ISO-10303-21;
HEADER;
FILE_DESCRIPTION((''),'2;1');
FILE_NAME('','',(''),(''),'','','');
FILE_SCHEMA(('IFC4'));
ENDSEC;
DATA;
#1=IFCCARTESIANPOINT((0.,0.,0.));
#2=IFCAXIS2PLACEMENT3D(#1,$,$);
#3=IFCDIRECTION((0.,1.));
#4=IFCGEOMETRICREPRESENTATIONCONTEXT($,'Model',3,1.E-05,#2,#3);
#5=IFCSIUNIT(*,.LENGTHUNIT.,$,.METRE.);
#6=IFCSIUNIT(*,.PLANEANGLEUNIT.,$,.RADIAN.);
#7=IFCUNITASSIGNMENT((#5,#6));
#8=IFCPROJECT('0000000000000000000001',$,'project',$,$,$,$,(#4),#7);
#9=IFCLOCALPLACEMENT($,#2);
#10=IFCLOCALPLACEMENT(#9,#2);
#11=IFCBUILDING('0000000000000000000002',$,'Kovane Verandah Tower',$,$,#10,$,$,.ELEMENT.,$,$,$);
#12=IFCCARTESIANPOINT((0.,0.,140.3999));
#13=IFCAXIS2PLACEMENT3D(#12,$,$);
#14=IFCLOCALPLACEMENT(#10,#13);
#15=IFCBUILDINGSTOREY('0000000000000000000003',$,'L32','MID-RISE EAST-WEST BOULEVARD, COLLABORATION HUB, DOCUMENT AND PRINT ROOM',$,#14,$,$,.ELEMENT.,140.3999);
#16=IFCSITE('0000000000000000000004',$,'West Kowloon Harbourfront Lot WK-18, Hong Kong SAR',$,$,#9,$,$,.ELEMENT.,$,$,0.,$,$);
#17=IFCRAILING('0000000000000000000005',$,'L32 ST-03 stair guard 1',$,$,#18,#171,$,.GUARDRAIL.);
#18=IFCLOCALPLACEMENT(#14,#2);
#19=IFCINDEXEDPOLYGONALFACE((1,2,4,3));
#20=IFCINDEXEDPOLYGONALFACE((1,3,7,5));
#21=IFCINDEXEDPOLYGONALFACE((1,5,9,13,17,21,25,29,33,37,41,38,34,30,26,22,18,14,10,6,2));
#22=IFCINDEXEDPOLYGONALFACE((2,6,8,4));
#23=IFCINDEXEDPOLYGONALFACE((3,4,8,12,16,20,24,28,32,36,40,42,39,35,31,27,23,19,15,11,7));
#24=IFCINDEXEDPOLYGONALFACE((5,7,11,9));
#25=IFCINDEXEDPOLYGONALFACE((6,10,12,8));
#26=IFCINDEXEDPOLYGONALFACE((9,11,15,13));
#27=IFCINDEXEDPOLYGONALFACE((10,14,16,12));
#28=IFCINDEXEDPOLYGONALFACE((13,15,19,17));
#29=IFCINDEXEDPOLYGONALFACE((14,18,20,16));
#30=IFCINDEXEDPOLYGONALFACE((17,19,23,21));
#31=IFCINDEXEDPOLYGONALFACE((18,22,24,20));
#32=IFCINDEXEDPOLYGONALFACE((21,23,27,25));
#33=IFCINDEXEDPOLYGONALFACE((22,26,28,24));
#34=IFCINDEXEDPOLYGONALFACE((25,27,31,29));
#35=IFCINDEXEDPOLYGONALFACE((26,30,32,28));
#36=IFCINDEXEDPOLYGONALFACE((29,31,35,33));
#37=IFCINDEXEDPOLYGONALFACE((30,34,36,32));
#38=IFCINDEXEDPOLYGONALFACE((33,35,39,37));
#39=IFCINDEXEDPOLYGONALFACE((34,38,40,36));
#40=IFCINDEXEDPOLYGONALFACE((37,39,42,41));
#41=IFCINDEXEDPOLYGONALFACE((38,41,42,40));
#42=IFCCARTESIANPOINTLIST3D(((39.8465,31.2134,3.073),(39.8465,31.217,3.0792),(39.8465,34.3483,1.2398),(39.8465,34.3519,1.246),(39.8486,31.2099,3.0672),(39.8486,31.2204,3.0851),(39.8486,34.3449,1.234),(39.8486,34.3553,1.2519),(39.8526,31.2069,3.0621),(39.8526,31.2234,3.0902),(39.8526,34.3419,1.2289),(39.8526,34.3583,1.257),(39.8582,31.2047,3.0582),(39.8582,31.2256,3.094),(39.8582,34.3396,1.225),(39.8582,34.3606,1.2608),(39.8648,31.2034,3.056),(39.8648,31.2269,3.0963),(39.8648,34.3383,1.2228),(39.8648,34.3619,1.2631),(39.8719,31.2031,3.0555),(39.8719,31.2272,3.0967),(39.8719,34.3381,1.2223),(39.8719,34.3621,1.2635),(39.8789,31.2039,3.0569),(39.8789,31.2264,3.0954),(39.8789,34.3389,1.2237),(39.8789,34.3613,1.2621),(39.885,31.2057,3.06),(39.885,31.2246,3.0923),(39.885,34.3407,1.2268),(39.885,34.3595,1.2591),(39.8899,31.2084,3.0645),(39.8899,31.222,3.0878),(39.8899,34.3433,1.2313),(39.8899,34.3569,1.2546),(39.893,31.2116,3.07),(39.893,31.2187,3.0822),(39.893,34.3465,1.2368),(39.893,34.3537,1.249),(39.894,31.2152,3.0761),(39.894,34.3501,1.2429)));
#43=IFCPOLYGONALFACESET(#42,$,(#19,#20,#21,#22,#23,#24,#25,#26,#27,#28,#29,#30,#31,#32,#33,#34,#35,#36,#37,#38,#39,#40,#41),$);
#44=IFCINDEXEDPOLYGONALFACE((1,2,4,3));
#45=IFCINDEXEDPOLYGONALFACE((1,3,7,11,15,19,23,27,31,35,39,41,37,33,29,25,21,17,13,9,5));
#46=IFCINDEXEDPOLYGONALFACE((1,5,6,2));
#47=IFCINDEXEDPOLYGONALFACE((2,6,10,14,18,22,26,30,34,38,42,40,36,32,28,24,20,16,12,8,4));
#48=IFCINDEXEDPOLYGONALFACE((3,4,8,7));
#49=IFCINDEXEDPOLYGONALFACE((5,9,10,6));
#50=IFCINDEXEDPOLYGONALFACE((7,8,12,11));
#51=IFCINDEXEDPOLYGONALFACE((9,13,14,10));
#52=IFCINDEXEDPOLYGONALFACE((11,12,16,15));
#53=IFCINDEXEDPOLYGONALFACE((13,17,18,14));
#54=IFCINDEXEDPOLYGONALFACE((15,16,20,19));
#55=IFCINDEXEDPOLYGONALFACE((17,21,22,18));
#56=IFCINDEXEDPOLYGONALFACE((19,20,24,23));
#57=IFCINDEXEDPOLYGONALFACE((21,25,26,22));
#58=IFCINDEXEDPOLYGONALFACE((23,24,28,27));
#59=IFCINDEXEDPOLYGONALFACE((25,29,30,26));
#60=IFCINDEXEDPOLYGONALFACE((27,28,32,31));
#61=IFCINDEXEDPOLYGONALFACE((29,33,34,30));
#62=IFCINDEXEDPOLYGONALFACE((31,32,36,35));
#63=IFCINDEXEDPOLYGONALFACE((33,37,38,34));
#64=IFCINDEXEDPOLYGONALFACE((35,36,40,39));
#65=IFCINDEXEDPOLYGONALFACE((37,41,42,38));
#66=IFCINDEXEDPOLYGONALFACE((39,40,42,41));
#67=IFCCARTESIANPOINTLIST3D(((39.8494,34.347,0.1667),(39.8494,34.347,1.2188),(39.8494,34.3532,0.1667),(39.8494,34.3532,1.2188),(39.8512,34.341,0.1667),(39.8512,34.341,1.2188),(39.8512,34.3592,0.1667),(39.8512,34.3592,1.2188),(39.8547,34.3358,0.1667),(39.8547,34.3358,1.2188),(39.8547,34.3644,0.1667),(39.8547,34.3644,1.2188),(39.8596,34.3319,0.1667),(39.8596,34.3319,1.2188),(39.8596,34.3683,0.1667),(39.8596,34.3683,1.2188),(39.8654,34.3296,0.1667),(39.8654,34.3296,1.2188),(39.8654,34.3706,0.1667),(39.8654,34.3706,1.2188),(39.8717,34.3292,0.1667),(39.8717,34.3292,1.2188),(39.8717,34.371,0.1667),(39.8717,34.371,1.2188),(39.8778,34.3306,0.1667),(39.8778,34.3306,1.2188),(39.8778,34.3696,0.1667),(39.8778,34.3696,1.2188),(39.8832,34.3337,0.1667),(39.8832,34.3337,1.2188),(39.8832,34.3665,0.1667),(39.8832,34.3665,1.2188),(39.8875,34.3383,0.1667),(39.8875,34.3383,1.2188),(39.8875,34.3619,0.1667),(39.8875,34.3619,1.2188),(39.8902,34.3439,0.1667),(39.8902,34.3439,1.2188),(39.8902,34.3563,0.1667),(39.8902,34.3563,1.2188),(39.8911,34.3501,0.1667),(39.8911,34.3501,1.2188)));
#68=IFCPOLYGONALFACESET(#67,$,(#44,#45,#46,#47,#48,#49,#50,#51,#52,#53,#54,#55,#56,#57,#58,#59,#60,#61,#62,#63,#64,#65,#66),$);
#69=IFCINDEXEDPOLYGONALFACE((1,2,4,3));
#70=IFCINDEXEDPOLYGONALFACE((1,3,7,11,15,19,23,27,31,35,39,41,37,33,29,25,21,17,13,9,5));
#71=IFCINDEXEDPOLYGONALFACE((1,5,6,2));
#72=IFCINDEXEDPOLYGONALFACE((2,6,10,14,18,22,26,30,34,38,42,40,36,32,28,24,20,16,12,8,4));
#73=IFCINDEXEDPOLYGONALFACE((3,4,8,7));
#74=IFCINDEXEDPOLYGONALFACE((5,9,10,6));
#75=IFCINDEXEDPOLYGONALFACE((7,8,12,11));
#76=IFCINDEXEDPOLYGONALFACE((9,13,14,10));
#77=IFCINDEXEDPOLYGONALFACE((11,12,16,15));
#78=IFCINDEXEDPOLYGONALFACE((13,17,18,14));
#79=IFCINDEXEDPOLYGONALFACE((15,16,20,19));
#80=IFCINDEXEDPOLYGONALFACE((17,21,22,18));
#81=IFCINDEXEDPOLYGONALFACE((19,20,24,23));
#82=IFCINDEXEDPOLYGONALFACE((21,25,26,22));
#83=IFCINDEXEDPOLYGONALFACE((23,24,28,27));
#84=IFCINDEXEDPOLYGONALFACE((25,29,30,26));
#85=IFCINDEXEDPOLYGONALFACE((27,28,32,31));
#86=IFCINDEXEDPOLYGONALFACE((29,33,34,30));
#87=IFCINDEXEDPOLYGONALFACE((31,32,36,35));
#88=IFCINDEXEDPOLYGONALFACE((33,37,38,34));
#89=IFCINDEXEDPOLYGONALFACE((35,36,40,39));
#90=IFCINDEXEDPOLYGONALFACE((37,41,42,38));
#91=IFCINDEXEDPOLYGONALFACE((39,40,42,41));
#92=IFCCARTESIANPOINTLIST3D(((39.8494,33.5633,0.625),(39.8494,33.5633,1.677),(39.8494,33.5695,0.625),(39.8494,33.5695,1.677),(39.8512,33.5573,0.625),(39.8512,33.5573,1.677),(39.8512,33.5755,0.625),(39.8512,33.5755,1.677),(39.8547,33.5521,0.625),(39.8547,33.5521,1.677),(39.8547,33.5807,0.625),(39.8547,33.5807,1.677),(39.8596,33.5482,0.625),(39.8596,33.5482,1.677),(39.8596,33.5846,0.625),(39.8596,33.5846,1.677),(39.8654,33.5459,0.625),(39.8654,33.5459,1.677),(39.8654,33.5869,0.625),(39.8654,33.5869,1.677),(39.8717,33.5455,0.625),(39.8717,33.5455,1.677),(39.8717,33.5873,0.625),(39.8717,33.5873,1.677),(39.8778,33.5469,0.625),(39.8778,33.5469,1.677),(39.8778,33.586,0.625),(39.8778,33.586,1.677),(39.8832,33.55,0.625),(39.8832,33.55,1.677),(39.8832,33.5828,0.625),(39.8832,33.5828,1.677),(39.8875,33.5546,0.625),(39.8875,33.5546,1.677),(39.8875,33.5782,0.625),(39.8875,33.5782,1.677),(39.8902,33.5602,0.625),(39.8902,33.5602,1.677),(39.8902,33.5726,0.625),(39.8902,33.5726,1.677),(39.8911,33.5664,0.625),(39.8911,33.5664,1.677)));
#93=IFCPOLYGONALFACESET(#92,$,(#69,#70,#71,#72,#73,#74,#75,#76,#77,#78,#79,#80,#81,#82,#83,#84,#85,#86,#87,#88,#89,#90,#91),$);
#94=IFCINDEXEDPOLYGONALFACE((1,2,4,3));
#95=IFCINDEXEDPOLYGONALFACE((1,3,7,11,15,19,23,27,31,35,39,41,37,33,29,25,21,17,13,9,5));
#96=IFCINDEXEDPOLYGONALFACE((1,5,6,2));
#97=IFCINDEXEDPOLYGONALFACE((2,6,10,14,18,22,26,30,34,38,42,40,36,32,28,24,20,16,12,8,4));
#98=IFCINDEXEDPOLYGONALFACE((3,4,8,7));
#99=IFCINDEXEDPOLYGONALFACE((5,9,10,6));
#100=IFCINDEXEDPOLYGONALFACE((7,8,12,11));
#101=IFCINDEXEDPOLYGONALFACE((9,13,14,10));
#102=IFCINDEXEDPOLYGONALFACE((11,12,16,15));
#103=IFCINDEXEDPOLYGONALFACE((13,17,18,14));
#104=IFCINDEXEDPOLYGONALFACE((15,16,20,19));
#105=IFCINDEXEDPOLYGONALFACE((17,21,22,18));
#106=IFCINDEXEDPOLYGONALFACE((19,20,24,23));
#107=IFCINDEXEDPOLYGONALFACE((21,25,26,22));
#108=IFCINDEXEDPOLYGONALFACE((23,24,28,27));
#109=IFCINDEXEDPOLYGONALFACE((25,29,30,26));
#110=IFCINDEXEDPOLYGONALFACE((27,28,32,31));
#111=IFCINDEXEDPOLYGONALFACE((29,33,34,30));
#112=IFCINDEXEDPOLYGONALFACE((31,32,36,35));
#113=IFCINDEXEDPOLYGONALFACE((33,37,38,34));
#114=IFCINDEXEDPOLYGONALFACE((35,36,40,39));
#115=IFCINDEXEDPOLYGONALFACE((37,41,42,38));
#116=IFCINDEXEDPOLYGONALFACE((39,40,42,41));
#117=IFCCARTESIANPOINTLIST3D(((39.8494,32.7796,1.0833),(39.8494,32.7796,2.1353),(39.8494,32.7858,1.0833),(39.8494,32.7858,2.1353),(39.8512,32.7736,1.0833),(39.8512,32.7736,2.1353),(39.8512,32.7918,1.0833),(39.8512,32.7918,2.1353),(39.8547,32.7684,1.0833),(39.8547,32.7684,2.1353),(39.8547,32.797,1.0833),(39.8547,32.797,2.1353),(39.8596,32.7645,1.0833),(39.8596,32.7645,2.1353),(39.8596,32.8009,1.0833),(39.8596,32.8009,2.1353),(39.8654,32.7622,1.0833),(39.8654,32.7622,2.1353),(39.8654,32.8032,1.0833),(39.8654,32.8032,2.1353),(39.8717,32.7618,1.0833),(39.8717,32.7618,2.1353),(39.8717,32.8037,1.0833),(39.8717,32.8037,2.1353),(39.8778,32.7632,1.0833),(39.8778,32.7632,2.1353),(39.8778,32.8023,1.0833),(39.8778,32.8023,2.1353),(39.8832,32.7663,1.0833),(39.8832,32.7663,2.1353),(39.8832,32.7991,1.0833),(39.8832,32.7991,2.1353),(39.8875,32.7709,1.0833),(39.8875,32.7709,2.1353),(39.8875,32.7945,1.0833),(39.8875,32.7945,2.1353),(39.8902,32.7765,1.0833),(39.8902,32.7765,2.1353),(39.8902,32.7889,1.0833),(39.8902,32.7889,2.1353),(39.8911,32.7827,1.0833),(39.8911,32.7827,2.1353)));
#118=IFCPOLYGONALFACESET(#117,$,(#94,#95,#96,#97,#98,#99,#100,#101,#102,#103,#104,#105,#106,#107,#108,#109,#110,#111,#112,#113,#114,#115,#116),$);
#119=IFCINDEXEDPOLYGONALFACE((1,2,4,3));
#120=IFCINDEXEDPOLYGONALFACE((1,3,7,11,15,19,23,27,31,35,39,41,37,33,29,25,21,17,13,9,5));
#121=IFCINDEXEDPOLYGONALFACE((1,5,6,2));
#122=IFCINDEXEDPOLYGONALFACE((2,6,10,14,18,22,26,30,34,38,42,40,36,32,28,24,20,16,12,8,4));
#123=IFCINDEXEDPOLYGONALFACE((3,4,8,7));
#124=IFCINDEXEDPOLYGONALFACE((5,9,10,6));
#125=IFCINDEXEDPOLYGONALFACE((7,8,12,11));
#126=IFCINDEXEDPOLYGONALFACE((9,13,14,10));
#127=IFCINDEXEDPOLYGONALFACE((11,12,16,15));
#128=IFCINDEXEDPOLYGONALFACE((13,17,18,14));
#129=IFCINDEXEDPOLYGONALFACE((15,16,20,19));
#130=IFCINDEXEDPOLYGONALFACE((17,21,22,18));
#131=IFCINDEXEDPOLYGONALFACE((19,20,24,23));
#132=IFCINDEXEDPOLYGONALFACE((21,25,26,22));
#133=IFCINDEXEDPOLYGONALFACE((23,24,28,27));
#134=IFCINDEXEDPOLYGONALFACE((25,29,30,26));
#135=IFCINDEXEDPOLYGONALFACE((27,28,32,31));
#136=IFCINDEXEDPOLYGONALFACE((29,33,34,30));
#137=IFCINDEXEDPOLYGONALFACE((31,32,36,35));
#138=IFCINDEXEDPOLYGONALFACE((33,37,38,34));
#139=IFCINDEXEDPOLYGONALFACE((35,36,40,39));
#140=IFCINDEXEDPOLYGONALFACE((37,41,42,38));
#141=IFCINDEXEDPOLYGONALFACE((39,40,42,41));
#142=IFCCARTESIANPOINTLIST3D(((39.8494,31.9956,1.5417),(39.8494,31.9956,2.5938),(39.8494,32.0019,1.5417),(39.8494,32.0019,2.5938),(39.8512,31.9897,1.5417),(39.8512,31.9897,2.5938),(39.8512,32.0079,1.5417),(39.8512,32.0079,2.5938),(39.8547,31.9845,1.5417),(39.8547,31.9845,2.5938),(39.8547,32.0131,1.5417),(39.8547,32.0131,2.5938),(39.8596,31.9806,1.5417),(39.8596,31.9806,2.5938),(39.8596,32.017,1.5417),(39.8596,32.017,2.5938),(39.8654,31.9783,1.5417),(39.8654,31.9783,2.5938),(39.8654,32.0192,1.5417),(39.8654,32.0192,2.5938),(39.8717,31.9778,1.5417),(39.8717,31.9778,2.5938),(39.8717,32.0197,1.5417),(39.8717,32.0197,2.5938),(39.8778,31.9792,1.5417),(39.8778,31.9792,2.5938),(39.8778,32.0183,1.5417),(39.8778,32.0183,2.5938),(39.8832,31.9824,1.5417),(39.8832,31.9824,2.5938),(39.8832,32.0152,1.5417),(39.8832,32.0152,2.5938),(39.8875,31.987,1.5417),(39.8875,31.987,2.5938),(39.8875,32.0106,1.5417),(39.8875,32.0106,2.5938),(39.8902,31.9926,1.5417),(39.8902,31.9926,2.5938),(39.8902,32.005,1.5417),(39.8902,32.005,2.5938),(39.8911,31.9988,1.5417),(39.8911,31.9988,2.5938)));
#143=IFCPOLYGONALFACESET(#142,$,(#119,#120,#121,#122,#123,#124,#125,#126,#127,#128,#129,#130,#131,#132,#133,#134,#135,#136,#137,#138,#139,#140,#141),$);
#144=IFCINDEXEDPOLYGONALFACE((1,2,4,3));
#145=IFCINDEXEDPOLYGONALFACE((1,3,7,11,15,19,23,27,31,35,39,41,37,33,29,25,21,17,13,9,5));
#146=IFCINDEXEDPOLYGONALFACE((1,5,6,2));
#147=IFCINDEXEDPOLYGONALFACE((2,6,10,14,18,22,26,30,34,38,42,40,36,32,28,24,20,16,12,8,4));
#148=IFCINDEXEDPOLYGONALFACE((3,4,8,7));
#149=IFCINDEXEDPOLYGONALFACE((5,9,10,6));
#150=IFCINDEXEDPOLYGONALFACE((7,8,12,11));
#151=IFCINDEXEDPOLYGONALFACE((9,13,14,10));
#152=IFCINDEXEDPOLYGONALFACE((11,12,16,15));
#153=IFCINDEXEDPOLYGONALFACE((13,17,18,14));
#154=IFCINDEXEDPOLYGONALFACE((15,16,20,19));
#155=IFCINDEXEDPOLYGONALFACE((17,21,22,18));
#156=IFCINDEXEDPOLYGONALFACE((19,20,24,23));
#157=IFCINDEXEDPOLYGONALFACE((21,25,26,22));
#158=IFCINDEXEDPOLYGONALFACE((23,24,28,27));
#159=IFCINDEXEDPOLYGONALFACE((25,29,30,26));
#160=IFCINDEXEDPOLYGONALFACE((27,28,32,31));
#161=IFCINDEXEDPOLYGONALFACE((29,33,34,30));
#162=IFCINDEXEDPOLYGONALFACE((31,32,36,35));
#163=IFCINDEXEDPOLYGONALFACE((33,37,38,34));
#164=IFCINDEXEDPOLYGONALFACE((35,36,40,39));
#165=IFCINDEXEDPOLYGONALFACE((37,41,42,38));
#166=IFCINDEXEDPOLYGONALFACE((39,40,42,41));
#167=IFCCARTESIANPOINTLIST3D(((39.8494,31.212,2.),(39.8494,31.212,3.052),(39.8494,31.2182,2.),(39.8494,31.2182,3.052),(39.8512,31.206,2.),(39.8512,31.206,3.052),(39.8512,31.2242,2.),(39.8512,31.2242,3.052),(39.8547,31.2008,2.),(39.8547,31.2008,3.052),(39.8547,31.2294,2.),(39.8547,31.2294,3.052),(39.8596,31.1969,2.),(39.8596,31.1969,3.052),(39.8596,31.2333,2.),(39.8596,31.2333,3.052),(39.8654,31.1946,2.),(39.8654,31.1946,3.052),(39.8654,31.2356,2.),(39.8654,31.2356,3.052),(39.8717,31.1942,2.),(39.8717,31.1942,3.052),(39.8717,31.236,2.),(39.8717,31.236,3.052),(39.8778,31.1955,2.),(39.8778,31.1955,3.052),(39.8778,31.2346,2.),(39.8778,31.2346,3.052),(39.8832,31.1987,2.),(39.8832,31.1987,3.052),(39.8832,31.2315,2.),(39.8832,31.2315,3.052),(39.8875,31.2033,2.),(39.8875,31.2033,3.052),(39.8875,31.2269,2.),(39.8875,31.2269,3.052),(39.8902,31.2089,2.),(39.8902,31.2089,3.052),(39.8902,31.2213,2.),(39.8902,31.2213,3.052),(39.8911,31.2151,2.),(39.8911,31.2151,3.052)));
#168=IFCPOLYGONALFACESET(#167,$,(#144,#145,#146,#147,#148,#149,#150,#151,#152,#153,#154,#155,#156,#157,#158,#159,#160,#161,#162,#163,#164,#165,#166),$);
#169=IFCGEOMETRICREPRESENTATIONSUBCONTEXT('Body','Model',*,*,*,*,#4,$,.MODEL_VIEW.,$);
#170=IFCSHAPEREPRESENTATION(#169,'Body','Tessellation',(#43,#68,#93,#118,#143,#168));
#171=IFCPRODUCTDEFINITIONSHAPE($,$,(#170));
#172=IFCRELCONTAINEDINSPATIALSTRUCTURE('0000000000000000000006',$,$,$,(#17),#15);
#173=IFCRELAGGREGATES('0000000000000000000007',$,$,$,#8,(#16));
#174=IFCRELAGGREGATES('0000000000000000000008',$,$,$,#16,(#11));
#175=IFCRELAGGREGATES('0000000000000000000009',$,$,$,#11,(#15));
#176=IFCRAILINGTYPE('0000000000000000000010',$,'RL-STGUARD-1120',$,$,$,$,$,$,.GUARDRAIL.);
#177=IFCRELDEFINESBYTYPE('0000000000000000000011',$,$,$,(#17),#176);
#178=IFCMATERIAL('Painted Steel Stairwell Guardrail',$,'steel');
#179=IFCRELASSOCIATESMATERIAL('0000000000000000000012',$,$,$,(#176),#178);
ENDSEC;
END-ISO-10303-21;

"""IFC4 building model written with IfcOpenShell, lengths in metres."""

from ifc_helpers import new_model, si_unit, direction, frame, origin, origin_2d, place, context, subcontext, project, spatial, circle, extrude, material, type_object, element, save


model = new_model("IFC4")

# Units and contexts
model_context = context("Model", 3, precision=1e-05, world=origin(), true_north=direction((0.0, 1.0)))
body_context = subcontext(model_context, "Body", "Model", "MODEL_VIEW")
ifc_project = project(units=[si_unit("LENGTHUNIT", "METRE"), si_unit("PLANEANGLEUNIT", "RADIAN")], contexts=[model_context])

# Site, building, storey
site_placement = place(None, origin())
site = spatial("IfcSite", under=ifc_project, at=site_placement, Name="West Kowloon Harbourfront Lot WK-18, Hong Kong SAR", CompositionType="ELEMENT", RefElevation=0.0)
building_placement = place(site_placement, origin())
building = spatial("IfcBuilding", under=site, at=building_placement, Name="Kovane Verandah Tower", CompositionType="ELEMENT")
storey_placement = place(building_placement, frame((0.0, 0.0, 140.3999)))
storey = spatial("IfcBuildingStorey", under=building, at=storey_placement, Name="L32", Description="MID-RISE EAST-WEST BOULEVARD, COLLABORATION HUB, DOCUMENT AND PRINT ROOM", CompositionType="ELEMENT", Elevation=140.3999)

# Railing
ifc_material_1 = material(Name="Painted Steel Stairwell Guardrail", Category="steel")
railing_type_1 = type_object("IfcRailingType", Name="RL-STGUARD-1120", PredefinedType="GUARDRAIL", material=ifc_material_1)
railing_1_placement = place(storey_placement, frame((39.8701, 34.3501, 0.1667)))
element("IfcRailing", 1, at=railing_1_placement, inside=storey, type_object=railing_type_1, Name="L32 ST-03 stair guard 1", PredefinedType="GUARDRAIL", context=body_context, shape_type="SweptSolid", body=[
    extrude(circle(Radius=0.0239, at=origin_2d()), frame((0.0, 0.0, 1.0762), z_axis=(0.0, -0.86324, 0.504794), x_axis=(1.0, 0.0, 0.0)), (0.0, 0.0, 1.0), 3.6316),
    extrude(circle(Radius=0.021, at=origin_2d()), origin(), (0.0, 0.0, 1.0), 1.052),
    extrude(circle(Radius=0.021, at=origin_2d()), frame((0.0, -0.7837, 0.4583)), (0.0, 0.0, 1.0), 1.052),
    extrude(circle(Radius=0.021, at=origin_2d()), frame((0.0, -1.5674, 0.9165)), (0.0, 0.0, 1.0), 1.052),
    extrude(circle(Radius=0.021, at=origin_2d()), frame((0.0, -2.3513, 1.375)), (0.0, 0.0, 1.0), 1.052),
    extrude(circle(Radius=0.021, at=origin_2d()), frame((0.0, -3.135, 1.8333)), (0.0, 0.0, 1.0), 1.052),
])

save(model, "model.ifc")
